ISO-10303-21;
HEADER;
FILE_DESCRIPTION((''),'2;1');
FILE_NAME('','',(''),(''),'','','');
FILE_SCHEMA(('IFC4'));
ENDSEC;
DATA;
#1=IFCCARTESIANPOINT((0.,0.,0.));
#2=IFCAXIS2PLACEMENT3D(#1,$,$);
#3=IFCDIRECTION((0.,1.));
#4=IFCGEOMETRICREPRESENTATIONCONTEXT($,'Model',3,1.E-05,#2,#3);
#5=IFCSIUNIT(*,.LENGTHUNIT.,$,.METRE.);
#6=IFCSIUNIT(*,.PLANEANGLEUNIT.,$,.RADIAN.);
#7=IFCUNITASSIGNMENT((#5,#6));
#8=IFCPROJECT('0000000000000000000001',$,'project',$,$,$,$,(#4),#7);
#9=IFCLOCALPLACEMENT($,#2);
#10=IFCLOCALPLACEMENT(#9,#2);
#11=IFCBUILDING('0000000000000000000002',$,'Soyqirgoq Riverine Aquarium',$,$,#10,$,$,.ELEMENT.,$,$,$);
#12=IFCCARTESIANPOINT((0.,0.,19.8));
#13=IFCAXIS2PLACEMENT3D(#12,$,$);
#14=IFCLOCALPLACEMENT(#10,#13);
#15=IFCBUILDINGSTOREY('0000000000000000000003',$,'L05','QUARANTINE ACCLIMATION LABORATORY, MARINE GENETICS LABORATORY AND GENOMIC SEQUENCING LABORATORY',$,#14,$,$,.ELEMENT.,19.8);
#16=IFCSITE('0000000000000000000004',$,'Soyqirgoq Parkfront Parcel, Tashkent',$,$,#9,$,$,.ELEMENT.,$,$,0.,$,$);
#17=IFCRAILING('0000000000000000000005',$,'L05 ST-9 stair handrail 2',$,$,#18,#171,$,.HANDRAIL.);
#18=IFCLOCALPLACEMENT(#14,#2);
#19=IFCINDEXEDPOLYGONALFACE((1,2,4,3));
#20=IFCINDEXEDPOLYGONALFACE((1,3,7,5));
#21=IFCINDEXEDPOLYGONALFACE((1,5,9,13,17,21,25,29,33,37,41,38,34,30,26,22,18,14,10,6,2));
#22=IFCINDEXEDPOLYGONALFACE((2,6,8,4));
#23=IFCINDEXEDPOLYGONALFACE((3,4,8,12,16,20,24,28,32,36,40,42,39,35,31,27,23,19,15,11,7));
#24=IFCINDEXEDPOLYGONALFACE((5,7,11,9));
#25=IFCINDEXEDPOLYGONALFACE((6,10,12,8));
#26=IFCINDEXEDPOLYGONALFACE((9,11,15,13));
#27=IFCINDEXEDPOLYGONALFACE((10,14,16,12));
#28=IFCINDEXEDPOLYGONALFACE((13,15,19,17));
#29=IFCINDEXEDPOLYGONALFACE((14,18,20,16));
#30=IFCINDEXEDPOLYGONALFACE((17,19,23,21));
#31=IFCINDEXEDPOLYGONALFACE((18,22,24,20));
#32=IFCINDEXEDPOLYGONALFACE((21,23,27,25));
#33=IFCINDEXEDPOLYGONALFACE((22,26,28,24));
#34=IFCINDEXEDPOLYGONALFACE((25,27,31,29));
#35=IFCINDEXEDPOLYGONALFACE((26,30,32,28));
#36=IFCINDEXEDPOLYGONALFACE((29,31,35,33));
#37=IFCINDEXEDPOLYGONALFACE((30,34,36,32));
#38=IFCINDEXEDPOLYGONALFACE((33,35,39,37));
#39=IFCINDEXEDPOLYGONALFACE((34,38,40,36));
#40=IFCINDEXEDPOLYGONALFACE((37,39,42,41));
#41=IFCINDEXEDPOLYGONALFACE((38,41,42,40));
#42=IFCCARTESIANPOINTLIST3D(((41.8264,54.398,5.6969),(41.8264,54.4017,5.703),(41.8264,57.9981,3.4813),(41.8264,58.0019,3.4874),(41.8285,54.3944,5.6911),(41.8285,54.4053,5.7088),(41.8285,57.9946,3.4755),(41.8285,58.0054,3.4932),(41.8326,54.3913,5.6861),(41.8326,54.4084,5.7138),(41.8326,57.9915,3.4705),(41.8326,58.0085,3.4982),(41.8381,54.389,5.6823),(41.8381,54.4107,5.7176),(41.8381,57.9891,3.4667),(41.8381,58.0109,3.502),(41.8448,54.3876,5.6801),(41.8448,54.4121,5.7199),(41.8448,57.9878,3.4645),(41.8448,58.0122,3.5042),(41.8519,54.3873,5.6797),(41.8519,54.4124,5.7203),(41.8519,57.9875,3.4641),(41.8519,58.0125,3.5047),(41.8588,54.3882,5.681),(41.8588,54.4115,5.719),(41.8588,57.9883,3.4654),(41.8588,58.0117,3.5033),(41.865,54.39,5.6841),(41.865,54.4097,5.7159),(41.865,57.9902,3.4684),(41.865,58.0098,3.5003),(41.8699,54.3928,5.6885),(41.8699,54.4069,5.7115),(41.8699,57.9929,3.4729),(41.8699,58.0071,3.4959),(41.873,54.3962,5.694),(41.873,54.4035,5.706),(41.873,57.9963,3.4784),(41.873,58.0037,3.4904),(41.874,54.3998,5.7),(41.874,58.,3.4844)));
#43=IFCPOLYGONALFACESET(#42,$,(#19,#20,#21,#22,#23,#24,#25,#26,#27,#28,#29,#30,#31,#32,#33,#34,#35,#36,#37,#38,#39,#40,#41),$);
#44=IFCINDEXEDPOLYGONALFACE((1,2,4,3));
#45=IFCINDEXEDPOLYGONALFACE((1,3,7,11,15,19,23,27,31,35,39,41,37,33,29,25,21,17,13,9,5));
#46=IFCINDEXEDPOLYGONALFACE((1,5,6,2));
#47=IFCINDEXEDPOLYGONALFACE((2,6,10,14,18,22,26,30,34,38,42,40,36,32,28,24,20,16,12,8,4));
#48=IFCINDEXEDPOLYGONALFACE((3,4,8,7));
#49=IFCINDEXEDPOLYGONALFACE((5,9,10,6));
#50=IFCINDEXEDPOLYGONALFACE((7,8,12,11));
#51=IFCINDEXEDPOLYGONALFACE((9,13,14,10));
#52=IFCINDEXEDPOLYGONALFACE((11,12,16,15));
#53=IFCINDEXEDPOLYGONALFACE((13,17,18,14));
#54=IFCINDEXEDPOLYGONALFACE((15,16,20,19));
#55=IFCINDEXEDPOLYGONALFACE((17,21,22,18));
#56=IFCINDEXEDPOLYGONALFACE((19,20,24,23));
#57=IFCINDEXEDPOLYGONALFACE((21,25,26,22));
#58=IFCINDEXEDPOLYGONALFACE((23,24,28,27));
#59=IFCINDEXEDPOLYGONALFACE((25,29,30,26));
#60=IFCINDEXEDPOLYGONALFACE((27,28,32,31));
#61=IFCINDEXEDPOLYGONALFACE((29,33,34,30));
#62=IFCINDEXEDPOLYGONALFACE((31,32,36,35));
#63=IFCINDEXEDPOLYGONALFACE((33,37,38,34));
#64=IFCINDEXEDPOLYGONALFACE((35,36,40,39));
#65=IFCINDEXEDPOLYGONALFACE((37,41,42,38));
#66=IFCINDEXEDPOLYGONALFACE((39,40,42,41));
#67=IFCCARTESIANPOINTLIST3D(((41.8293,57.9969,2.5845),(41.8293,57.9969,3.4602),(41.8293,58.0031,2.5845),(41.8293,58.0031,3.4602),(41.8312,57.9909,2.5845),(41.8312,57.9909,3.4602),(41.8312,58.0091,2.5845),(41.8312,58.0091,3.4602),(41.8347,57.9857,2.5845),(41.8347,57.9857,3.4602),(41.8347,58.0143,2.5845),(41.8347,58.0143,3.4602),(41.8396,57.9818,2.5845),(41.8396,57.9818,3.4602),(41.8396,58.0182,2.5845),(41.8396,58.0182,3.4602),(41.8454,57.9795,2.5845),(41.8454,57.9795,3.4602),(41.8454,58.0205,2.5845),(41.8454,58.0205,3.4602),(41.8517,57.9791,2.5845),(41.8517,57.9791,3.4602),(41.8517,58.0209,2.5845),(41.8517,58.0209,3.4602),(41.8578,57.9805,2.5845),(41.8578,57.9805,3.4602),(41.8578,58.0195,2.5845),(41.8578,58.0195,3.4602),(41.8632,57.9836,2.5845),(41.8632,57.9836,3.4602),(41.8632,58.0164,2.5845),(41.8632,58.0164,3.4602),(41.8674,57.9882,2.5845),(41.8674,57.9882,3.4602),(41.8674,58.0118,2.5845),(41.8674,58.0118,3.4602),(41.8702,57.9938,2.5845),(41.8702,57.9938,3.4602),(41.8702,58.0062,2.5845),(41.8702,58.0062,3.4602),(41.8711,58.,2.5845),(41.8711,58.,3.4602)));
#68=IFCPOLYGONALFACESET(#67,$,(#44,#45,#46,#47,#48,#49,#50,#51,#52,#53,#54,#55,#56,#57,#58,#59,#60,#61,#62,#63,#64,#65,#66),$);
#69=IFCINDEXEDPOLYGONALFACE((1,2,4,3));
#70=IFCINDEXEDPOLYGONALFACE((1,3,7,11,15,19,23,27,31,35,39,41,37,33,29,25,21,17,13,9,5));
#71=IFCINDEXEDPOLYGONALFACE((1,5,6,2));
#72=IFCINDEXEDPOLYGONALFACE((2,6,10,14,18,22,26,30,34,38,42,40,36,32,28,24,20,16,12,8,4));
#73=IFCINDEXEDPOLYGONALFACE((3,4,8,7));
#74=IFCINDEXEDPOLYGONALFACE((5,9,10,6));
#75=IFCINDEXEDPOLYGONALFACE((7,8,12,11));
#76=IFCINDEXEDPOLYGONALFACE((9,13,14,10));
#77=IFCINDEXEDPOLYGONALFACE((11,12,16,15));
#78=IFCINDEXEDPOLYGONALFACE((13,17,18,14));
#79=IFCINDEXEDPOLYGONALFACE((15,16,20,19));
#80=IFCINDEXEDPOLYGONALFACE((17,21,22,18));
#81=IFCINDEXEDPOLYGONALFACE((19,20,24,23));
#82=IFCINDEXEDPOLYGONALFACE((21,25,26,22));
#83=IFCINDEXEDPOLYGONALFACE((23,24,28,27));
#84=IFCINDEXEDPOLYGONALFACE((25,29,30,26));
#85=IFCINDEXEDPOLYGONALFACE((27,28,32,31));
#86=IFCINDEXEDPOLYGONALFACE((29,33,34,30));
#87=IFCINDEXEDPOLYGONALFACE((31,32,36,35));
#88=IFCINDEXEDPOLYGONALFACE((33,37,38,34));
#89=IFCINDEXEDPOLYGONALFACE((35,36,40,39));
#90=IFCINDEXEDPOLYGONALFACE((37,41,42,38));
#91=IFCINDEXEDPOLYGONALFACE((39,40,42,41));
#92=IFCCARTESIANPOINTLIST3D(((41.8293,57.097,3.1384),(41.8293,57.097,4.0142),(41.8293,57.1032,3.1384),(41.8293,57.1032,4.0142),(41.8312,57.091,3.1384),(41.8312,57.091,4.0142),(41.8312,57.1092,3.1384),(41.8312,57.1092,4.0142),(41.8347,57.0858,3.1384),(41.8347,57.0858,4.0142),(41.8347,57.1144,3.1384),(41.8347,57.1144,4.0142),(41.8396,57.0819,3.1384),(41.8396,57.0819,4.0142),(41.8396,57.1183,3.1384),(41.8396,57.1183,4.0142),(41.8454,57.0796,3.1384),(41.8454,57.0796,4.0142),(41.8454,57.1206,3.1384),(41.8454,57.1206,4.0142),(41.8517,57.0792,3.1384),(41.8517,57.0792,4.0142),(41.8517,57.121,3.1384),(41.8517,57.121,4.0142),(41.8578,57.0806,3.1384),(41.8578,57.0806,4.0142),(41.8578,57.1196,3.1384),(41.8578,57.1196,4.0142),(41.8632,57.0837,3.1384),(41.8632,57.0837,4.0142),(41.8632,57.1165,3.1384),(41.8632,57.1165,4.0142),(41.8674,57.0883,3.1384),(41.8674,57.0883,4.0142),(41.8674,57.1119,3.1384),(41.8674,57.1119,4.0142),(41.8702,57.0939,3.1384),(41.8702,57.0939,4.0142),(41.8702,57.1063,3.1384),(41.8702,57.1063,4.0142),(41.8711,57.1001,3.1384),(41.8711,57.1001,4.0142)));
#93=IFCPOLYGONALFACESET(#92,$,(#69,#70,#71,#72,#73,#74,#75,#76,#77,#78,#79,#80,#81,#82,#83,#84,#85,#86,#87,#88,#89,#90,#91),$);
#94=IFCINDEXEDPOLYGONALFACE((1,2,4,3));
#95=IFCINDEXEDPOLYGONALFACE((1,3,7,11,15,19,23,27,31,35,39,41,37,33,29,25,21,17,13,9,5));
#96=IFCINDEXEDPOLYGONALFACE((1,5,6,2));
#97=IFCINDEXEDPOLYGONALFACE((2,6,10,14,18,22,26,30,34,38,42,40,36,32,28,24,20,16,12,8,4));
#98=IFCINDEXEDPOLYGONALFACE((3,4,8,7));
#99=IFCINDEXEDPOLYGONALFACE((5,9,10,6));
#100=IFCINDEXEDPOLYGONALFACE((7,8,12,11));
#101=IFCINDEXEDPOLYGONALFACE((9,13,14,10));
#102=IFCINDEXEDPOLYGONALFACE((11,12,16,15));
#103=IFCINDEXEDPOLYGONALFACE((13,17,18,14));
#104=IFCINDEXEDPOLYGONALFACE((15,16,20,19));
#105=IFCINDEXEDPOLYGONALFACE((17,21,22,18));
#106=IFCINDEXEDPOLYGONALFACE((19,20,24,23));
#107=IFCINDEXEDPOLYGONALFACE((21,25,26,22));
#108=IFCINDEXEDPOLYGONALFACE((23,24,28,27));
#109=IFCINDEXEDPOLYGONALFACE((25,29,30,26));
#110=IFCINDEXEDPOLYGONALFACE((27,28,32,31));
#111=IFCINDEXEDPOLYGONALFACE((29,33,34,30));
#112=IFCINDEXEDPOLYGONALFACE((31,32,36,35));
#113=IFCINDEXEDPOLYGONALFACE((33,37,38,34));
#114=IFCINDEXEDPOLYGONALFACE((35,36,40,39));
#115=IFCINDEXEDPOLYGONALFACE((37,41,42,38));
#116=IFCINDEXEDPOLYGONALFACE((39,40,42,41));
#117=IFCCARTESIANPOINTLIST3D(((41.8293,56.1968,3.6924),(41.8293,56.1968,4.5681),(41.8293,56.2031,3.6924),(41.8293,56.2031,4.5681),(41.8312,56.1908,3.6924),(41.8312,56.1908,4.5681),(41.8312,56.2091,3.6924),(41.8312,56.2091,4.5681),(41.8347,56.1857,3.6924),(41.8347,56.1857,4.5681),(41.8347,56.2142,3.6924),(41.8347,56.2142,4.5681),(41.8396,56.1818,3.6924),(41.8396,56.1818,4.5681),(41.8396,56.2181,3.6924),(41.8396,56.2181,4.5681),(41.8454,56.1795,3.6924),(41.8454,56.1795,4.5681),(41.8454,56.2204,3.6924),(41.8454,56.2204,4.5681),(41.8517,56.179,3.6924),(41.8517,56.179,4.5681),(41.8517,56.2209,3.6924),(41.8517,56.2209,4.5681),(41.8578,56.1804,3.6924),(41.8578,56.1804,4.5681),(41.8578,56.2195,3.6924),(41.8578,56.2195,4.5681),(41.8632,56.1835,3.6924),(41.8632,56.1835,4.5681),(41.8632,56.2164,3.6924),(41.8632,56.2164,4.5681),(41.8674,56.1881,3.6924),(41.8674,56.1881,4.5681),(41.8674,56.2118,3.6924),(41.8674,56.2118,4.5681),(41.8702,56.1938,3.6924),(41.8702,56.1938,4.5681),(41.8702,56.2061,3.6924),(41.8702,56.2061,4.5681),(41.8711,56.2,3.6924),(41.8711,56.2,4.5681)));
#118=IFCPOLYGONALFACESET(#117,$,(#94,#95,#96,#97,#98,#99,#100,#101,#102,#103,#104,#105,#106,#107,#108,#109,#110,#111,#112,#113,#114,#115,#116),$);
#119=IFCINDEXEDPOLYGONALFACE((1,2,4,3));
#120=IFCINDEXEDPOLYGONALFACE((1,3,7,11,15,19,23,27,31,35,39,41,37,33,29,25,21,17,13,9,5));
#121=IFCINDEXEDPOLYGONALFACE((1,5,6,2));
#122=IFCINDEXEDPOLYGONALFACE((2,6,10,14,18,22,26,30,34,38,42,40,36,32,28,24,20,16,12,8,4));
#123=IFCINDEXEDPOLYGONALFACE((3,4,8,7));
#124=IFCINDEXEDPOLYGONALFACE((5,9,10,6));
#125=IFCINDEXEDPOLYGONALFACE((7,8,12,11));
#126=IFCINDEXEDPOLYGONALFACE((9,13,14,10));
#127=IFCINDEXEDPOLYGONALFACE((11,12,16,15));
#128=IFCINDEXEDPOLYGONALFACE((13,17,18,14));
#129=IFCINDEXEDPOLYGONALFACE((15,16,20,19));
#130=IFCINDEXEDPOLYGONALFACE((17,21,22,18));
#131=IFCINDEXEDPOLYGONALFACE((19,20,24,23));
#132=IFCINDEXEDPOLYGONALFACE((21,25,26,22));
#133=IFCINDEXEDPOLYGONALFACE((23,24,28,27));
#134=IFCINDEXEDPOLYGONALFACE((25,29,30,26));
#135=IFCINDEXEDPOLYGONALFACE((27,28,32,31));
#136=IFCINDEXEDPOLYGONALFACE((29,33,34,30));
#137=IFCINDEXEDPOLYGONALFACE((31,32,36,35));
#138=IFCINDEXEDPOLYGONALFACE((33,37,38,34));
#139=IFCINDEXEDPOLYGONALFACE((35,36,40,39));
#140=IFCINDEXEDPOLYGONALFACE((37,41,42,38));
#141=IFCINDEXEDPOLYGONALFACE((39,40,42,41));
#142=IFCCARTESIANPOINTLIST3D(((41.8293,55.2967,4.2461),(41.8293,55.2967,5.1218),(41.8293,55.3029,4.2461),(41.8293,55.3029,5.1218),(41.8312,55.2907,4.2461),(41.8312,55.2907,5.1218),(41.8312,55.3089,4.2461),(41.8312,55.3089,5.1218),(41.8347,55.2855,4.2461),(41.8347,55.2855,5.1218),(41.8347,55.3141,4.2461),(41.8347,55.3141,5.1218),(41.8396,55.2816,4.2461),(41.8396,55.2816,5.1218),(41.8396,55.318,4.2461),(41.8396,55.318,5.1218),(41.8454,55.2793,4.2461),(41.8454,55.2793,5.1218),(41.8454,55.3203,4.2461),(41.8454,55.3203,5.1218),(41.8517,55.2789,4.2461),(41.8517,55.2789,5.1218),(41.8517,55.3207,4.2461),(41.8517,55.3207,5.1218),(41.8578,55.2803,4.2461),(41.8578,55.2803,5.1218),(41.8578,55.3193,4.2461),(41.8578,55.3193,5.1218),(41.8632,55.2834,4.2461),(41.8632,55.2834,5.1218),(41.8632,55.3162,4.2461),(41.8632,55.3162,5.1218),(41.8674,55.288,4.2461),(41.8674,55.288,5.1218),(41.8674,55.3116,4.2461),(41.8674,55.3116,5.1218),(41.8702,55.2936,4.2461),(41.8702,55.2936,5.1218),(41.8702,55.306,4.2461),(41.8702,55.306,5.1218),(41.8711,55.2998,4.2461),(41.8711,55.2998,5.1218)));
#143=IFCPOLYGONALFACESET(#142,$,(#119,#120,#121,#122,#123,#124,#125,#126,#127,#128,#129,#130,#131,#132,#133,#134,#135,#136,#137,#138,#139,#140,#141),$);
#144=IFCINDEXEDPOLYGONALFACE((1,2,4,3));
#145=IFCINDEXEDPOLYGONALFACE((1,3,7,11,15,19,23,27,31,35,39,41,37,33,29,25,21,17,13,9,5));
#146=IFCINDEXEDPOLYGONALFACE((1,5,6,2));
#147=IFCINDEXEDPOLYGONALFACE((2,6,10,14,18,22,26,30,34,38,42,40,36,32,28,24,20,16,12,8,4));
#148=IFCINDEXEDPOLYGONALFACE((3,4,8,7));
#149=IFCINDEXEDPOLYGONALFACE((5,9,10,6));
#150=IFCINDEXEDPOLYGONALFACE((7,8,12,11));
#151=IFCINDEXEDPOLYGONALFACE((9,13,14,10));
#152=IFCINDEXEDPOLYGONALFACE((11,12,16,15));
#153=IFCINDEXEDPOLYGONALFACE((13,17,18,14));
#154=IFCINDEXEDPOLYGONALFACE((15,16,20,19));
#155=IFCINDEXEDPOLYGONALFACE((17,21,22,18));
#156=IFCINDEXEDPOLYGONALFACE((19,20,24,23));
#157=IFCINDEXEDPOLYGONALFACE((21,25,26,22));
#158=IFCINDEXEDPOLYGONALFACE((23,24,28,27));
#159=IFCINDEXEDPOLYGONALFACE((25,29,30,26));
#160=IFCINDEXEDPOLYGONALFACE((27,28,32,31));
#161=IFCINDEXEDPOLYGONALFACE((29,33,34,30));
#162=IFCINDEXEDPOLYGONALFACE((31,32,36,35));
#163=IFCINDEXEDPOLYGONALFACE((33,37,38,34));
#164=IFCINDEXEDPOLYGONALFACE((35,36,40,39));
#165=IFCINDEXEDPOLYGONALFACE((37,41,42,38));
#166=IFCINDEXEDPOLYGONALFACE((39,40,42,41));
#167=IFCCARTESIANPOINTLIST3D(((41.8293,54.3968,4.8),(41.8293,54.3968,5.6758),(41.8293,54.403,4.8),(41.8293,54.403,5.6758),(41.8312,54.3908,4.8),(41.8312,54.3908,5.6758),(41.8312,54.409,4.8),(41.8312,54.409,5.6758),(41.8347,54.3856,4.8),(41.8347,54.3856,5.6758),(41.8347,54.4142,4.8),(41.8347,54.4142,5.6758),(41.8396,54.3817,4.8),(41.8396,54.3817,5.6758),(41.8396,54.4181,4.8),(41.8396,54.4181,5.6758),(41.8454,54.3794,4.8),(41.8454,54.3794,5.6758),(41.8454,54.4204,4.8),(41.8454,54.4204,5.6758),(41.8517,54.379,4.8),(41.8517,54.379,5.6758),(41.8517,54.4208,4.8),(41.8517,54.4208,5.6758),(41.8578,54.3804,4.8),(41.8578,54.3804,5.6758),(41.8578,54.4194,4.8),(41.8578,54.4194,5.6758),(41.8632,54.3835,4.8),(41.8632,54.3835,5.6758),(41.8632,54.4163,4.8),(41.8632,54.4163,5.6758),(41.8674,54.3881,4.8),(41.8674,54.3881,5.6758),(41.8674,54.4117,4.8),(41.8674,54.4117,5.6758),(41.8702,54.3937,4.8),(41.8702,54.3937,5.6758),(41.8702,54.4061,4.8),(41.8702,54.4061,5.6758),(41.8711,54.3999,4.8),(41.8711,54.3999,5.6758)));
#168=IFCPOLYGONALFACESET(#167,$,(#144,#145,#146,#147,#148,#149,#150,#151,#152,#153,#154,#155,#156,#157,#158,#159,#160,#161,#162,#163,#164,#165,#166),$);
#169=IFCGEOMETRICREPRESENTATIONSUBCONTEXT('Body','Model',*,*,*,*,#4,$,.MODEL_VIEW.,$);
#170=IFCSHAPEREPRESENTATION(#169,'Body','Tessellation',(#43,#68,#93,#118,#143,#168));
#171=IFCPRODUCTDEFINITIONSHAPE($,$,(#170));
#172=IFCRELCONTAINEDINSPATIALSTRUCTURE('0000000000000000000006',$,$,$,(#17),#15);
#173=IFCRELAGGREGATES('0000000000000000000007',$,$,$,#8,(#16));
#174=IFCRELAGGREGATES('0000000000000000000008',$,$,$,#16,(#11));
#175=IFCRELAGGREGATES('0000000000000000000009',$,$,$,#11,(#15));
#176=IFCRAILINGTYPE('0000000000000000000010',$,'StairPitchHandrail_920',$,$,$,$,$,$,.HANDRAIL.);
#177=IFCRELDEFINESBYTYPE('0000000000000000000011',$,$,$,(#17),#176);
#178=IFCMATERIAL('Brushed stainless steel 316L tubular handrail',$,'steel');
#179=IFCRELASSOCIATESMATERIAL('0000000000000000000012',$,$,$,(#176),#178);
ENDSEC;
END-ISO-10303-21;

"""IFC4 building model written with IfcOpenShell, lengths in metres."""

from ifc_helpers import new_model, si_unit, direction, frame, origin, origin_2d, place, context, subcontext, project, spatial, circle, extrude, material, type_object, element, save


model = new_model("IFC4")

# Units and contexts
model_context = context("Model", 3, precision=1e-05, world=origin(), true_north=direction((0.0, 1.0)))
body_context = subcontext(model_context, "Body", "Model", "MODEL_VIEW")
ifc_project = project(units=[si_unit("LENGTHUNIT", "METRE"), si_unit("PLANEANGLEUNIT", "RADIAN")], contexts=[model_context])

# Site, building, storey
site_placement = place(None, origin())
site = spatial("IfcSite", under=ifc_project, at=site_placement, Name="Soyqirgoq Parkfront Parcel, Tashkent", CompositionType="ELEMENT", RefElevation=0.0)
building_placement = place(site_placement, origin())
building = spatial("IfcBuilding", under=site, at=building_placement, Name="Soyqirgoq Riverine Aquarium", CompositionType="ELEMENT")
storey_placement = place(building_placement, frame((0.0, 0.0, 19.8)))
storey = spatial("IfcBuildingStorey", under=building, at=storey_placement, Name="L05", Description="QUARANTINE ACCLIMATION LABORATORY, MARINE GENETICS LABORATORY AND GENOMIC SEQUENCING LABORATORY", CompositionType="ELEMENT", Elevation=19.8)

# Railing
ifc_material_1 = material(Name="Brushed stainless steel 316L tubular handrail", Category="steel")
railing_type_1 = type_object("IfcRailingType", Name="StairPitchHandrail_920", PredefinedType="HANDRAIL", material=ifc_material_1)
railing_1_placement = place(storey_placement, frame((41.8501, 58.0, 2.5845)))
element("IfcRailing", 1, at=railing_1_placement, inside=storey, type_object=railing_type_1, Name="L05 ST-9 stair handrail 2", PredefinedType="HANDRAIL", context=body_context, shape_type="SweptSolid", body=[
    extrude(circle(Radius=0.0239, at=origin_2d()), frame((0.0, 0.0, 0.8999), z_axis=(0.0, -0.851644, 0.52412), x_axis=(1.0, 0.0, 0.0)), (0.0, 0.0, 1.0), 4.2273),
    extrude(circle(Radius=0.021, at=origin_2d()), origin(), (0.0, 0.0, 1.0), 0.8757),
    extrude(circle(Radius=0.021, at=origin_2d()), frame((0.0, -0.8999, 0.554)), (0.0, 0.0, 1.0), 0.8757),
    extrude(circle(Radius=0.021, at=origin_2d()), frame((0.0, -1.8, 1.1079)), (0.0, 0.0, 1.0), 0.8757),
    extrude(circle(Radius=0.021, at=origin_2d()), frame((0.0, -2.7002, 1.6616)), (0.0, 0.0, 1.0), 0.8757),
    extrude(circle(Radius=0.021, at=origin_2d()), frame((0.0, -3.6001, 2.2156)), (0.0, 0.0, 1.0), 0.8757),
])

save(model, "model.ifc")
